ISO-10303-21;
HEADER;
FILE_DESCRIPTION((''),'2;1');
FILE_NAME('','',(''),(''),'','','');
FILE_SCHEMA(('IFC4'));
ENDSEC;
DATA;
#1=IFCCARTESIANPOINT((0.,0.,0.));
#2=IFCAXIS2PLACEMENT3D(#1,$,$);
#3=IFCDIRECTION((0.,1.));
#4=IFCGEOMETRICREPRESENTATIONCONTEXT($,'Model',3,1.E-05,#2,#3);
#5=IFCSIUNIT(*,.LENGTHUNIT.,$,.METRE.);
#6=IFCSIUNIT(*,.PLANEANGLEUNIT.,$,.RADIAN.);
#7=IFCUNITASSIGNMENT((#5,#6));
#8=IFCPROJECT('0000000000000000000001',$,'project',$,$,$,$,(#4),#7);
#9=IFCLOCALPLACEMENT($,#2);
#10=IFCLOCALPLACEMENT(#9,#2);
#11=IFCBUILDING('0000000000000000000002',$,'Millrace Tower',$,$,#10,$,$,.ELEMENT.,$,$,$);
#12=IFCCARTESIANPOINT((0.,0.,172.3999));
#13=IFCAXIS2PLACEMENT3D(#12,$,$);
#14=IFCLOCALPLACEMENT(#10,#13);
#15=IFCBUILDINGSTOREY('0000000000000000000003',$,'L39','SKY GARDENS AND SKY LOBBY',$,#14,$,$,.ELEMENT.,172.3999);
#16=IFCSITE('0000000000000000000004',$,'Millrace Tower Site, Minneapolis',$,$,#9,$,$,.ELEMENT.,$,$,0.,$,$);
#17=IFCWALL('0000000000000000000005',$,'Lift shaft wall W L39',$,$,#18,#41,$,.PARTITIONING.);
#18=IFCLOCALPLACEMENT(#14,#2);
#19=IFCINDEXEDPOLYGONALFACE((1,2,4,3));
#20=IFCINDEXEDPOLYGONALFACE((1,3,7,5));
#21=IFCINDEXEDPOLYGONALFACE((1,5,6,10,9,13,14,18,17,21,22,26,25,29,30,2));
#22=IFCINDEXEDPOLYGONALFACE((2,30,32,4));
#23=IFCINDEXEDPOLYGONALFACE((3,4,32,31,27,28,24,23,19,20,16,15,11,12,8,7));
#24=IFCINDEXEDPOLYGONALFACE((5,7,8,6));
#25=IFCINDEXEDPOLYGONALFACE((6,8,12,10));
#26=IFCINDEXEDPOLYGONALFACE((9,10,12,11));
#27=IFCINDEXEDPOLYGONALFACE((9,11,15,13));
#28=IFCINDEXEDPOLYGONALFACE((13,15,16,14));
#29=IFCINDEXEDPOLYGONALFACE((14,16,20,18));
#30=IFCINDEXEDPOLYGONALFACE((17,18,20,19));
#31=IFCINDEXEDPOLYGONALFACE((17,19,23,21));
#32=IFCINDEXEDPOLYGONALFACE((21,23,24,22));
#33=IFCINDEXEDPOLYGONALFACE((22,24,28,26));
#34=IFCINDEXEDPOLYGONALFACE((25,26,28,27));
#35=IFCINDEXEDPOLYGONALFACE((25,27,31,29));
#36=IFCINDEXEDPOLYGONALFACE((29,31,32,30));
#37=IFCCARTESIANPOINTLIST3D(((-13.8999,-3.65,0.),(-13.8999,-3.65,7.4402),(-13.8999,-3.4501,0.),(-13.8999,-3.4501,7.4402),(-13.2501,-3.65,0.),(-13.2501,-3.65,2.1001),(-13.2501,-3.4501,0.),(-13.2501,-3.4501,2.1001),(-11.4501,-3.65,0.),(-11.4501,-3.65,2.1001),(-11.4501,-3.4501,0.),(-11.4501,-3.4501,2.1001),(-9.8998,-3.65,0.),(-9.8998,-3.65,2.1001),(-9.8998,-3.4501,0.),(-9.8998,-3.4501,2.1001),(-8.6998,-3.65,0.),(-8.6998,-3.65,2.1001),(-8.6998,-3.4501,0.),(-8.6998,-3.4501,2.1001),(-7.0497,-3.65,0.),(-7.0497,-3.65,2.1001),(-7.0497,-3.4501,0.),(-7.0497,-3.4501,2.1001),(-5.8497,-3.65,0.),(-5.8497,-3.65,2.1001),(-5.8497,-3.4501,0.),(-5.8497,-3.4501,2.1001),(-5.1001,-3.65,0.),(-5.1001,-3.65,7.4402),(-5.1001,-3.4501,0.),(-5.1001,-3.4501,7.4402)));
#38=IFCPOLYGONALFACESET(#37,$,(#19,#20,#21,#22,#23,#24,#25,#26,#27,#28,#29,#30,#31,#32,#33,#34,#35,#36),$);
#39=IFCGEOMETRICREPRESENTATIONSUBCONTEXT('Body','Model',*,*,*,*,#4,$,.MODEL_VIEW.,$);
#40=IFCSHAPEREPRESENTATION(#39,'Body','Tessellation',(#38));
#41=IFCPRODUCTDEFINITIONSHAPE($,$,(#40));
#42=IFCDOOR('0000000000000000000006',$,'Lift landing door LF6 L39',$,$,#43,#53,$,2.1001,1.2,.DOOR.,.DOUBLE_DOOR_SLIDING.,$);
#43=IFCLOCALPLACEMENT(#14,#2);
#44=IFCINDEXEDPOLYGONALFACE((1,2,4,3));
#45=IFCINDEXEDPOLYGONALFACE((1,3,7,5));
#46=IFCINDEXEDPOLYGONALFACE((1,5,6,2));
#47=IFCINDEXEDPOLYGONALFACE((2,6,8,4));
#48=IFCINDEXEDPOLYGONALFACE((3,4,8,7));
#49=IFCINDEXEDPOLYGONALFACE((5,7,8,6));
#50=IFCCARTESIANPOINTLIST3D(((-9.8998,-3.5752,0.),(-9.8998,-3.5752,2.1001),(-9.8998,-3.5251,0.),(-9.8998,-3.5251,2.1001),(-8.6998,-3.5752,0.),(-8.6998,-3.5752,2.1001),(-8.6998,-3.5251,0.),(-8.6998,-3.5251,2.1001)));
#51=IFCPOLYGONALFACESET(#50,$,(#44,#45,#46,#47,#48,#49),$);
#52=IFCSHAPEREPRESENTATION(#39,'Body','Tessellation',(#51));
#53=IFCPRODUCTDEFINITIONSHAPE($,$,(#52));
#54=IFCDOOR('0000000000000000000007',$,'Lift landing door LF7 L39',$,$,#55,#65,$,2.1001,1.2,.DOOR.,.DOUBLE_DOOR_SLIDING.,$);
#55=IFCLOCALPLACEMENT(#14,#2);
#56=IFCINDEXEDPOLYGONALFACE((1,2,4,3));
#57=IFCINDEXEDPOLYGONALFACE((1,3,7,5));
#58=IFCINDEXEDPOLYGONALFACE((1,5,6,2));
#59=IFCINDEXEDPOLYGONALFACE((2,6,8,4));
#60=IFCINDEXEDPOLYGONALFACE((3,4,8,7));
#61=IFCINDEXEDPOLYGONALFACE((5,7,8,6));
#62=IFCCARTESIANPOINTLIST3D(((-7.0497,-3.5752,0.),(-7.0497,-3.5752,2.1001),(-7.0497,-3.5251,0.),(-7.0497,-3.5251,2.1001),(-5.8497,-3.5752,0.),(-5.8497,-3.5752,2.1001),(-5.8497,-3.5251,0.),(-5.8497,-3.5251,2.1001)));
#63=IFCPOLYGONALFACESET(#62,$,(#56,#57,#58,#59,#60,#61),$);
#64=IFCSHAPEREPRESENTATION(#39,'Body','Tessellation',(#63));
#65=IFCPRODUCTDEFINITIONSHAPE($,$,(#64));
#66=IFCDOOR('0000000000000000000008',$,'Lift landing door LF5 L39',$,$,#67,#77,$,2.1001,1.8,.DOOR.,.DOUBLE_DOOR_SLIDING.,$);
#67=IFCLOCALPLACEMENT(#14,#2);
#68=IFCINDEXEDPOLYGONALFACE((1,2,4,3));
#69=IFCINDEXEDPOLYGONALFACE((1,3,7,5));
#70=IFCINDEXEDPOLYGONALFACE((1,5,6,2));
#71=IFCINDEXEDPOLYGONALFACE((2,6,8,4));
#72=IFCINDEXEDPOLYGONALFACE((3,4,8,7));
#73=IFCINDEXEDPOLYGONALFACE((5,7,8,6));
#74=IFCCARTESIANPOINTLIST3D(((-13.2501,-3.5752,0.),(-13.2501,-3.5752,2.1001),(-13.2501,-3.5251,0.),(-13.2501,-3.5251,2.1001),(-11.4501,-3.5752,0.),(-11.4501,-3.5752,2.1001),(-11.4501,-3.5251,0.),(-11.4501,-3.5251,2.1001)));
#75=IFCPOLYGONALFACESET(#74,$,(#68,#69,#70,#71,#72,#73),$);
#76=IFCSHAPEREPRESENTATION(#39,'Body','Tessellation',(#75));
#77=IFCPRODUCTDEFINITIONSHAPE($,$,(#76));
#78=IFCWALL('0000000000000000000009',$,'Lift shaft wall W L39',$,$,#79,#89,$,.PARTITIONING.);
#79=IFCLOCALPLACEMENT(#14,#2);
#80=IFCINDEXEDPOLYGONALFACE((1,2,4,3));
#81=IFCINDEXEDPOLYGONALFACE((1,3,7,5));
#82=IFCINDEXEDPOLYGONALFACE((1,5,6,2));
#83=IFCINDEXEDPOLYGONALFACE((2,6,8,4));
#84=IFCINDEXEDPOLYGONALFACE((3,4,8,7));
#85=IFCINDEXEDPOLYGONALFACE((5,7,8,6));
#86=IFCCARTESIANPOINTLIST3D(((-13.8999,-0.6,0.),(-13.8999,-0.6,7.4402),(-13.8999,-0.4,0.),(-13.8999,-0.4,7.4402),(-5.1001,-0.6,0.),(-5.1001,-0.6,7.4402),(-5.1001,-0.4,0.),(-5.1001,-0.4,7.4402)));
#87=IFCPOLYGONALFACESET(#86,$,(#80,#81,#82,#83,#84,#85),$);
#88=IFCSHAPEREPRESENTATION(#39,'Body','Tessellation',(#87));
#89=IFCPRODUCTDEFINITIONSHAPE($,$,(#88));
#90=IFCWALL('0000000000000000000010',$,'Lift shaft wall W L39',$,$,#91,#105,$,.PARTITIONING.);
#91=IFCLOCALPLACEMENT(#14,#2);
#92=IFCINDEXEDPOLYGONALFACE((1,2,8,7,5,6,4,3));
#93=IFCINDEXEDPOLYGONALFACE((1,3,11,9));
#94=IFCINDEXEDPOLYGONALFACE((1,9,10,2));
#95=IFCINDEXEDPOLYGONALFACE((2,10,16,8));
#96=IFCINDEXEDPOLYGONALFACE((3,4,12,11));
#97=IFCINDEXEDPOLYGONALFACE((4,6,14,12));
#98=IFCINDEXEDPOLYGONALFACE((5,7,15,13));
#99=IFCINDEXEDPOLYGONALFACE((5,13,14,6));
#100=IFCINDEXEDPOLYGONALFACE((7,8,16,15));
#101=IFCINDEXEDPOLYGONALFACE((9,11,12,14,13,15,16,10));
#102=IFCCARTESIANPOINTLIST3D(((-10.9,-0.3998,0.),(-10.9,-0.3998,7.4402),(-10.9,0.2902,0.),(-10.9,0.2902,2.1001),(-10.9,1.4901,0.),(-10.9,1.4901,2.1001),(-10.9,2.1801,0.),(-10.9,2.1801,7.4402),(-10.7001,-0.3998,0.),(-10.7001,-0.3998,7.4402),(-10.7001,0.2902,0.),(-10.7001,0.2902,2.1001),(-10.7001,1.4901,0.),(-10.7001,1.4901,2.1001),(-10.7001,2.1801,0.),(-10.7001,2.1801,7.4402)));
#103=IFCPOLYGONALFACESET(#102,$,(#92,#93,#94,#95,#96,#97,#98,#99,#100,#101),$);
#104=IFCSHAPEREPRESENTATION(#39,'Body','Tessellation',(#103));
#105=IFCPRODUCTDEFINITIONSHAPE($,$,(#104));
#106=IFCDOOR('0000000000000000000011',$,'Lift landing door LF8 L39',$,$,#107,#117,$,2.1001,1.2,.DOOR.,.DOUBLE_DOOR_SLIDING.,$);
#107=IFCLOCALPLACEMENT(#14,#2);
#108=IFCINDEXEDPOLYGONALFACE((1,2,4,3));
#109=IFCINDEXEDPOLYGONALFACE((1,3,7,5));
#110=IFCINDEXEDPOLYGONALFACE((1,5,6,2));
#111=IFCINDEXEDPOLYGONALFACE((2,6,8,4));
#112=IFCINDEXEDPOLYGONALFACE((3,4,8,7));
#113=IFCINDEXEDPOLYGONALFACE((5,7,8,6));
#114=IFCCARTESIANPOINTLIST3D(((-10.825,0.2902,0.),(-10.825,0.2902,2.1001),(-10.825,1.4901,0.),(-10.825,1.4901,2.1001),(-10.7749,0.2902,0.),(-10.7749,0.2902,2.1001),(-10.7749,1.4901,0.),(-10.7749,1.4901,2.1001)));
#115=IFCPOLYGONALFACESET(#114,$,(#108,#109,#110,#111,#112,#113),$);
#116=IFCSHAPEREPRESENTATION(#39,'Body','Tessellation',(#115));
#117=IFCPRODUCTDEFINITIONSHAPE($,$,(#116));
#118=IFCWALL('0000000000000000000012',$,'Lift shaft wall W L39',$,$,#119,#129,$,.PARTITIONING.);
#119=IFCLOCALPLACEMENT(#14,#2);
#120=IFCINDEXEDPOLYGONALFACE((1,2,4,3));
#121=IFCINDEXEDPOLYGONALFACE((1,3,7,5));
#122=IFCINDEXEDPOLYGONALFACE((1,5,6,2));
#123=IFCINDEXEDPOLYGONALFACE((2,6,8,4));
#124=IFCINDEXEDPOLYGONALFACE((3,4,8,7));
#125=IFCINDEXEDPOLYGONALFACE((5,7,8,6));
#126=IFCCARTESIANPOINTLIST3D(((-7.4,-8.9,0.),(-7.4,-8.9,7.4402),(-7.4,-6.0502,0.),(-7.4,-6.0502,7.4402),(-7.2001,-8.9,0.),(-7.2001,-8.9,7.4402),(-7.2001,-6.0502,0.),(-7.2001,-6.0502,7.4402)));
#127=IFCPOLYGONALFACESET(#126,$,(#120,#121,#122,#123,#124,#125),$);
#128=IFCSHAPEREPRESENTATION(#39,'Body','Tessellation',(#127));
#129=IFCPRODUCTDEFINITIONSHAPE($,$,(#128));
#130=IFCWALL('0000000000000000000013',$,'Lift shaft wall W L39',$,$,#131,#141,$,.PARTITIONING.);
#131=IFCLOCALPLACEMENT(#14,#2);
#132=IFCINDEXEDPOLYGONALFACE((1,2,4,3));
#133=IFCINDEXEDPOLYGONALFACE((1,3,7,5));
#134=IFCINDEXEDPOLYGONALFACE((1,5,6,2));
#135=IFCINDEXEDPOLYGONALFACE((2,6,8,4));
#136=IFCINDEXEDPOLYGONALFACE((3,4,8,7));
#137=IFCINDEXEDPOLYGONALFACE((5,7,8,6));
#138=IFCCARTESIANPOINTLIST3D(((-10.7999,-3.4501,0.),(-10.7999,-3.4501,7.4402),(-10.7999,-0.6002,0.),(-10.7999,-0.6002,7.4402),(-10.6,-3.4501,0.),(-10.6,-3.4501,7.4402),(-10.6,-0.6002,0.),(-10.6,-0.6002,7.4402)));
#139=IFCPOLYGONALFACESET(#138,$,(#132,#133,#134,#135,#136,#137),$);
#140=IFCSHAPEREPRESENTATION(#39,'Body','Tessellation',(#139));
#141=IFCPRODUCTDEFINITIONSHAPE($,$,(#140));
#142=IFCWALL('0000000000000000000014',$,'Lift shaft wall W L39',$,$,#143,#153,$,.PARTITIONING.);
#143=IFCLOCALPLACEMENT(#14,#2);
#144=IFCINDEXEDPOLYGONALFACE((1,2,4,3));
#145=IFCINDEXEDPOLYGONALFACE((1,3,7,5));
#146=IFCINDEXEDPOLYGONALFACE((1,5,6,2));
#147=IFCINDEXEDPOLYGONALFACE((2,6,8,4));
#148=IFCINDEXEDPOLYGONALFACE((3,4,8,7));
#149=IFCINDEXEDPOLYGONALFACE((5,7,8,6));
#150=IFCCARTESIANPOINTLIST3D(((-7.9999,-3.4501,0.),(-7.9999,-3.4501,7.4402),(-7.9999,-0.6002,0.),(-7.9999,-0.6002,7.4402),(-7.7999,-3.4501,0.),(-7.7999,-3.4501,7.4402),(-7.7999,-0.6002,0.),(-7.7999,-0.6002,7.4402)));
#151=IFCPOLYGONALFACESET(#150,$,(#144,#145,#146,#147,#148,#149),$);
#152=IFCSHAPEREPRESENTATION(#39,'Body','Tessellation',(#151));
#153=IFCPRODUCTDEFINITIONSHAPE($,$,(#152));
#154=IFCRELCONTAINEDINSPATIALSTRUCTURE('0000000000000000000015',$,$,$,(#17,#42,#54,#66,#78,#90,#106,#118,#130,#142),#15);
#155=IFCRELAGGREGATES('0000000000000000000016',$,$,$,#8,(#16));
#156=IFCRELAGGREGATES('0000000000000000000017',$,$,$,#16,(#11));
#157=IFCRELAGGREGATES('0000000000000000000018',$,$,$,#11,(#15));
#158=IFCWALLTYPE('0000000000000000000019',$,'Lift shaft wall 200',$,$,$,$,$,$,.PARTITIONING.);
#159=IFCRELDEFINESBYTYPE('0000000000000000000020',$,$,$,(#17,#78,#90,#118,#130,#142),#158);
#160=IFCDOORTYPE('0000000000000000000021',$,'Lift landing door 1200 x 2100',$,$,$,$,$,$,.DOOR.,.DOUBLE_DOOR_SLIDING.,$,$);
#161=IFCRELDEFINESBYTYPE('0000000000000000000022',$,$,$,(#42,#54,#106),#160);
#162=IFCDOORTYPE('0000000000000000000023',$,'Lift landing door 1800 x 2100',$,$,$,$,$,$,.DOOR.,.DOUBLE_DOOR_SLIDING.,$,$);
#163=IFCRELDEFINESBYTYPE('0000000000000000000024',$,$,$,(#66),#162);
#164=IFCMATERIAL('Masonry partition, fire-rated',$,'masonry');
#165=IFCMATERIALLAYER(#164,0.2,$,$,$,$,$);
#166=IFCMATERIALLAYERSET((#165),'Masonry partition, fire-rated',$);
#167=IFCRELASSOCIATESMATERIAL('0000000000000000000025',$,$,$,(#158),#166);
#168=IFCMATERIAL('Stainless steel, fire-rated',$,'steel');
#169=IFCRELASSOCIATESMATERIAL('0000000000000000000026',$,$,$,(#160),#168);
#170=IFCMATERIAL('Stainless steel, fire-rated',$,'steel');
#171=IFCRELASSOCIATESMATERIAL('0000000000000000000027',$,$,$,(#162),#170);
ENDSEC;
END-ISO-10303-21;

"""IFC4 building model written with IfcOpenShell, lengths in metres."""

from ifc_helpers import new_model, si_unit, direction, frame, frame_2d, origin, place, context, subcontext, project, spatial, rectangle, extrude, material, layer, layer_set, type_object, element, fill, save


model = new_model("IFC4")

# Units and contexts
model_context = context("Model", 3, precision=1e-05, world=origin(), true_north=direction((0.0, 1.0)))
body_context = subcontext(model_context, "Body", "Model", "MODEL_VIEW")
ifc_project = project(units=[si_unit("LENGTHUNIT", "METRE"), si_unit("PLANEANGLEUNIT", "RADIAN")], contexts=[model_context])

# Site, building, storey
site_placement = place(None, origin())
site = spatial("IfcSite", under=ifc_project, at=site_placement, Name="Millrace Tower Site, Minneapolis", CompositionType="ELEMENT", RefElevation=0.0)
building_placement = place(site_placement, origin())
building = spatial("IfcBuilding", under=site, at=building_placement, Name="Millrace Tower", CompositionType="ELEMENT")
storey_placement = place(building_placement, frame((0.0, 0.0, 172.3999)))
storey = spatial("IfcBuildingStorey", under=building, at=storey_placement, Name="L39", Description="SKY GARDENS AND SKY LOBBY", CompositionType="ELEMENT", Elevation=172.3999)

# Wall, openings, doors
ifc_material_1 = material(Name="Masonry partition, fire-rated", Category="masonry")
ifc_layer_1 = layer(ifc_material_1, 0.2)
ifc_layer_set_1 = layer_set([ifc_layer_1], Name="Masonry partition, fire-rated")
wall_type_1 = type_object("IfcWallType", Name="Lift shaft wall 200", PredefinedType="PARTITIONING", material=ifc_layer_set_1)
wall_1_placement = place(storey_placement, frame((-13.8999, -3.55, 0.0), z_axis=(0.0, 0.0, 1.0), x_axis=(1.0, 0.0, 0.0)))
wall_1 = element("IfcWall", 1, at=wall_1_placement, inside=storey, type_object=wall_type_1, Name="Lift shaft wall W L39", PredefinedType="PARTITIONING", context=body_context, shape_type="SweptSolid", body=[
    extrude(rectangle(XDim=8.7998, YDim=0.2, at=frame_2d((4.3999, 0.0))), origin(), (0.0, 0.0, 1.0), 7.4402),
])
opening_1_placement = place(wall_1_placement, frame((0.6499, 0.0, 0.0)))
opening_1 = element("IfcOpeningElement", 2, at=opening_1_placement, cuts=wall_1, PredefinedType="OPENING", context=body_context, shape_type="SweptSolid", body=[
    extrude(rectangle(XDim=1.8, YDim=2.1001, at=frame_2d((0.8999, 1.05))), frame((0.0, 0.1099, 0.0), z_axis=(0.0, -1.0, 0.0), x_axis=(1.0, 0.0, 0.0)), (0.0, 0.0, 1.0), 0.22),
])
opening_2_placement = place(wall_1_placement, frame((4.0, 0.0, 0.0)))
opening_2 = element("IfcOpeningElement", 3, at=opening_2_placement, cuts=wall_1, PredefinedType="OPENING", context=body_context, shape_type="SweptSolid", body=[
    extrude(rectangle(XDim=1.2, YDim=2.1001, at=frame_2d((0.6001, 1.05))), frame((0.0, 0.1099, 0.0), z_axis=(0.0, -1.0, 0.0), x_axis=(1.0, 0.0, 0.0)), (0.0, 0.0, 1.0), 0.22),
])
opening_3_placement = place(wall_1_placement, frame((6.8501, 0.0, 0.0)))
opening_3 = element("IfcOpeningElement", 4, at=opening_3_placement, cuts=wall_1, PredefinedType="OPENING", context=body_context, shape_type="SweptSolid", body=[
    extrude(rectangle(XDim=1.2, YDim=2.1001, at=frame_2d((0.6001, 1.05))), frame((0.0, 0.1099, 0.0), z_axis=(0.0, -1.0, 0.0), x_axis=(1.0, 0.0, 0.0)), (0.0, 0.0, 1.0), 0.22),
])
ifc_material_2 = material(Name="Stainless steel, fire-rated", Category="steel")
door_type_1 = type_object("IfcDoorType", Name="Lift landing door 1200 x 2100", OperationType="DOUBLE_DOOR_SLIDING", PredefinedType="DOOR", material=ifc_material_2)
door_1_placement = place(opening_2_placement, origin())
door_1 = element("IfcDoor", 5, at=door_1_placement, inside=storey, type_object=door_type_1, Name="Lift landing door LF6 L39", OperationType="DOUBLE_DOOR_SLIDING", OverallHeight=2.1001, OverallWidth=1.2, PredefinedType="DOOR", context=body_context, shape_type="SweptSolid", body=[
    extrude(rectangle(XDim=1.2, YDim=2.1001, at=frame_2d((0.6001, 1.05))), frame((0.0, 0.0249, 0.0), z_axis=(0.0, -1.0, 0.0), x_axis=(1.0, 0.0, 0.0)), (0.0, 0.0, 1.0), 0.05),
])
fill(opening_2, door_1)
door_2_placement = place(opening_3_placement, origin())
door_2 = element("IfcDoor", 6, at=door_2_placement, inside=storey, type_object=door_type_1, Name="Lift landing door LF7 L39", OperationType="DOUBLE_DOOR_SLIDING", OverallHeight=2.1001, OverallWidth=1.2, PredefinedType="DOOR", context=body_context, shape_type="SweptSolid", body=[
    extrude(rectangle(XDim=1.2, YDim=2.1001, at=frame_2d((0.6001, 1.05))), frame((0.0, 0.0249, 0.0), z_axis=(0.0, -1.0, 0.0), x_axis=(1.0, 0.0, 0.0)), (0.0, 0.0, 1.0), 0.05),
])
fill(opening_3, door_2)
ifc_material_3 = material(Name="Stainless steel, fire-rated", Category="steel")
door_type_2 = type_object("IfcDoorType", Name="Lift landing door 1800 x 2100", OperationType="DOUBLE_DOOR_SLIDING", PredefinedType="DOOR", material=ifc_material_3)
door_3_placement = place(opening_1_placement, origin())
door_3 = element("IfcDoor", 7, at=door_3_placement, inside=storey, type_object=door_type_2, Name="Lift landing door LF5 L39", OperationType="DOUBLE_DOOR_SLIDING", OverallHeight=2.1001, OverallWidth=1.8, PredefinedType="DOOR", context=body_context, shape_type="SweptSolid", body=[
    extrude(rectangle(XDim=1.8, YDim=2.1001, at=frame_2d((0.8999, 1.05))), frame((0.0, 0.0249, 0.0), z_axis=(0.0, -1.0, 0.0), x_axis=(1.0, 0.0, 0.0)), (0.0, 0.0, 1.0), 0.05),
])
fill(opening_1, door_3)

# Wall
wall_2_placement = place(storey_placement, frame((-13.8999, -0.5, 0.0), z_axis=(0.0, 0.0, 1.0), x_axis=(1.0, 0.0, 0.0)))
element("IfcWall", 8, at=wall_2_placement, inside=storey, type_object=wall_type_1, Name="Lift shaft wall W L39", PredefinedType="PARTITIONING", context=body_context, shape_type="SweptSolid", body=[
    extrude(rectangle(XDim=8.7998, YDim=0.2, at=frame_2d((4.3999, 0.0))), origin(), (0.0, 0.0, 1.0), 7.4402),
])

# Wall, opening, door
wall_3_placement = place(storey_placement, frame((-10.8, -0.3999, 0.0), z_axis=(0.0, 0.0, 1.0), x_axis=(0.0, 1.0, 0.0)))
wall_3 = element("IfcWall", 9, at=wall_3_placement, inside=storey, type_object=wall_type_1, Name="Lift shaft wall W L39", PredefinedType="PARTITIONING", context=body_context, shape_type="SweptSolid", body=[
    extrude(rectangle(XDim=2.5798, YDim=0.2, at=frame_2d((1.29, 0.0))), origin(), (0.0, 0.0, 1.0), 7.4402),
])
opening_4_placement = place(wall_3_placement, frame((0.6899, 0.0, 0.0)))
opening_4 = element("IfcOpeningElement", 10, at=opening_4_placement, cuts=wall_3, PredefinedType="OPENING", context=body_context, shape_type="SweptSolid", body=[
    extrude(rectangle(XDim=1.2, YDim=2.1001, at=frame_2d((0.6001, 1.05))), frame((0.0, 0.1099, 0.0), z_axis=(0.0, -1.0, 0.0), x_axis=(1.0, 0.0, 0.0)), (0.0, 0.0, 1.0), 0.22),
])
door_4_placement = place(opening_4_placement, origin())
door_4 = element("IfcDoor", 11, at=door_4_placement, inside=storey, type_object=door_type_1, Name="Lift landing door LF8 L39", OperationType="DOUBLE_DOOR_SLIDING", OverallHeight=2.1001, OverallWidth=1.2, PredefinedType="DOOR", context=body_context, shape_type="SweptSolid", body=[
    extrude(rectangle(XDim=1.2, YDim=2.1001, at=frame_2d((0.6001, 1.05))), frame((0.0, 0.0249, 0.0), z_axis=(0.0, -1.0, 0.0), x_axis=(1.0, 0.0, 0.0)), (0.0, 0.0, 1.0), 0.05),
])
fill(opening_4, door_4)

# Walls
for number, where, z_axis, x_axis, name in (
    (12, (-7.3, -8.8999, 0.0), (0.0, 0.0, 1.0), (0.0, 1.0, 0.0), "Lift shaft wall W L39"),
    (13, (-10.7, -3.45, 0.0), (0.0, 0.0, 1.0), (0.0, 1.0, 0.0), "Lift shaft wall W L39"),
    (14, (-7.8999, -3.45, 0.0), (0.0, 0.0, 1.0), (0.0, 1.0, 0.0), "Lift shaft wall W L39"),
):
    element("IfcWall", number, at=place(storey_placement, frame(where, z_axis=z_axis, x_axis=x_axis)), inside=storey, type_object=wall_type_1, Name=name, PredefinedType="PARTITIONING", context=body_context, shape_type="SweptSolid", body=[
        extrude(rectangle(XDim=2.8499, YDim=0.2, at=frame_2d((1.4248, 0.0))), origin(), (0.0, 0.0, 1.0), 7.4402),
    ])

save(model, "model.ifc")
